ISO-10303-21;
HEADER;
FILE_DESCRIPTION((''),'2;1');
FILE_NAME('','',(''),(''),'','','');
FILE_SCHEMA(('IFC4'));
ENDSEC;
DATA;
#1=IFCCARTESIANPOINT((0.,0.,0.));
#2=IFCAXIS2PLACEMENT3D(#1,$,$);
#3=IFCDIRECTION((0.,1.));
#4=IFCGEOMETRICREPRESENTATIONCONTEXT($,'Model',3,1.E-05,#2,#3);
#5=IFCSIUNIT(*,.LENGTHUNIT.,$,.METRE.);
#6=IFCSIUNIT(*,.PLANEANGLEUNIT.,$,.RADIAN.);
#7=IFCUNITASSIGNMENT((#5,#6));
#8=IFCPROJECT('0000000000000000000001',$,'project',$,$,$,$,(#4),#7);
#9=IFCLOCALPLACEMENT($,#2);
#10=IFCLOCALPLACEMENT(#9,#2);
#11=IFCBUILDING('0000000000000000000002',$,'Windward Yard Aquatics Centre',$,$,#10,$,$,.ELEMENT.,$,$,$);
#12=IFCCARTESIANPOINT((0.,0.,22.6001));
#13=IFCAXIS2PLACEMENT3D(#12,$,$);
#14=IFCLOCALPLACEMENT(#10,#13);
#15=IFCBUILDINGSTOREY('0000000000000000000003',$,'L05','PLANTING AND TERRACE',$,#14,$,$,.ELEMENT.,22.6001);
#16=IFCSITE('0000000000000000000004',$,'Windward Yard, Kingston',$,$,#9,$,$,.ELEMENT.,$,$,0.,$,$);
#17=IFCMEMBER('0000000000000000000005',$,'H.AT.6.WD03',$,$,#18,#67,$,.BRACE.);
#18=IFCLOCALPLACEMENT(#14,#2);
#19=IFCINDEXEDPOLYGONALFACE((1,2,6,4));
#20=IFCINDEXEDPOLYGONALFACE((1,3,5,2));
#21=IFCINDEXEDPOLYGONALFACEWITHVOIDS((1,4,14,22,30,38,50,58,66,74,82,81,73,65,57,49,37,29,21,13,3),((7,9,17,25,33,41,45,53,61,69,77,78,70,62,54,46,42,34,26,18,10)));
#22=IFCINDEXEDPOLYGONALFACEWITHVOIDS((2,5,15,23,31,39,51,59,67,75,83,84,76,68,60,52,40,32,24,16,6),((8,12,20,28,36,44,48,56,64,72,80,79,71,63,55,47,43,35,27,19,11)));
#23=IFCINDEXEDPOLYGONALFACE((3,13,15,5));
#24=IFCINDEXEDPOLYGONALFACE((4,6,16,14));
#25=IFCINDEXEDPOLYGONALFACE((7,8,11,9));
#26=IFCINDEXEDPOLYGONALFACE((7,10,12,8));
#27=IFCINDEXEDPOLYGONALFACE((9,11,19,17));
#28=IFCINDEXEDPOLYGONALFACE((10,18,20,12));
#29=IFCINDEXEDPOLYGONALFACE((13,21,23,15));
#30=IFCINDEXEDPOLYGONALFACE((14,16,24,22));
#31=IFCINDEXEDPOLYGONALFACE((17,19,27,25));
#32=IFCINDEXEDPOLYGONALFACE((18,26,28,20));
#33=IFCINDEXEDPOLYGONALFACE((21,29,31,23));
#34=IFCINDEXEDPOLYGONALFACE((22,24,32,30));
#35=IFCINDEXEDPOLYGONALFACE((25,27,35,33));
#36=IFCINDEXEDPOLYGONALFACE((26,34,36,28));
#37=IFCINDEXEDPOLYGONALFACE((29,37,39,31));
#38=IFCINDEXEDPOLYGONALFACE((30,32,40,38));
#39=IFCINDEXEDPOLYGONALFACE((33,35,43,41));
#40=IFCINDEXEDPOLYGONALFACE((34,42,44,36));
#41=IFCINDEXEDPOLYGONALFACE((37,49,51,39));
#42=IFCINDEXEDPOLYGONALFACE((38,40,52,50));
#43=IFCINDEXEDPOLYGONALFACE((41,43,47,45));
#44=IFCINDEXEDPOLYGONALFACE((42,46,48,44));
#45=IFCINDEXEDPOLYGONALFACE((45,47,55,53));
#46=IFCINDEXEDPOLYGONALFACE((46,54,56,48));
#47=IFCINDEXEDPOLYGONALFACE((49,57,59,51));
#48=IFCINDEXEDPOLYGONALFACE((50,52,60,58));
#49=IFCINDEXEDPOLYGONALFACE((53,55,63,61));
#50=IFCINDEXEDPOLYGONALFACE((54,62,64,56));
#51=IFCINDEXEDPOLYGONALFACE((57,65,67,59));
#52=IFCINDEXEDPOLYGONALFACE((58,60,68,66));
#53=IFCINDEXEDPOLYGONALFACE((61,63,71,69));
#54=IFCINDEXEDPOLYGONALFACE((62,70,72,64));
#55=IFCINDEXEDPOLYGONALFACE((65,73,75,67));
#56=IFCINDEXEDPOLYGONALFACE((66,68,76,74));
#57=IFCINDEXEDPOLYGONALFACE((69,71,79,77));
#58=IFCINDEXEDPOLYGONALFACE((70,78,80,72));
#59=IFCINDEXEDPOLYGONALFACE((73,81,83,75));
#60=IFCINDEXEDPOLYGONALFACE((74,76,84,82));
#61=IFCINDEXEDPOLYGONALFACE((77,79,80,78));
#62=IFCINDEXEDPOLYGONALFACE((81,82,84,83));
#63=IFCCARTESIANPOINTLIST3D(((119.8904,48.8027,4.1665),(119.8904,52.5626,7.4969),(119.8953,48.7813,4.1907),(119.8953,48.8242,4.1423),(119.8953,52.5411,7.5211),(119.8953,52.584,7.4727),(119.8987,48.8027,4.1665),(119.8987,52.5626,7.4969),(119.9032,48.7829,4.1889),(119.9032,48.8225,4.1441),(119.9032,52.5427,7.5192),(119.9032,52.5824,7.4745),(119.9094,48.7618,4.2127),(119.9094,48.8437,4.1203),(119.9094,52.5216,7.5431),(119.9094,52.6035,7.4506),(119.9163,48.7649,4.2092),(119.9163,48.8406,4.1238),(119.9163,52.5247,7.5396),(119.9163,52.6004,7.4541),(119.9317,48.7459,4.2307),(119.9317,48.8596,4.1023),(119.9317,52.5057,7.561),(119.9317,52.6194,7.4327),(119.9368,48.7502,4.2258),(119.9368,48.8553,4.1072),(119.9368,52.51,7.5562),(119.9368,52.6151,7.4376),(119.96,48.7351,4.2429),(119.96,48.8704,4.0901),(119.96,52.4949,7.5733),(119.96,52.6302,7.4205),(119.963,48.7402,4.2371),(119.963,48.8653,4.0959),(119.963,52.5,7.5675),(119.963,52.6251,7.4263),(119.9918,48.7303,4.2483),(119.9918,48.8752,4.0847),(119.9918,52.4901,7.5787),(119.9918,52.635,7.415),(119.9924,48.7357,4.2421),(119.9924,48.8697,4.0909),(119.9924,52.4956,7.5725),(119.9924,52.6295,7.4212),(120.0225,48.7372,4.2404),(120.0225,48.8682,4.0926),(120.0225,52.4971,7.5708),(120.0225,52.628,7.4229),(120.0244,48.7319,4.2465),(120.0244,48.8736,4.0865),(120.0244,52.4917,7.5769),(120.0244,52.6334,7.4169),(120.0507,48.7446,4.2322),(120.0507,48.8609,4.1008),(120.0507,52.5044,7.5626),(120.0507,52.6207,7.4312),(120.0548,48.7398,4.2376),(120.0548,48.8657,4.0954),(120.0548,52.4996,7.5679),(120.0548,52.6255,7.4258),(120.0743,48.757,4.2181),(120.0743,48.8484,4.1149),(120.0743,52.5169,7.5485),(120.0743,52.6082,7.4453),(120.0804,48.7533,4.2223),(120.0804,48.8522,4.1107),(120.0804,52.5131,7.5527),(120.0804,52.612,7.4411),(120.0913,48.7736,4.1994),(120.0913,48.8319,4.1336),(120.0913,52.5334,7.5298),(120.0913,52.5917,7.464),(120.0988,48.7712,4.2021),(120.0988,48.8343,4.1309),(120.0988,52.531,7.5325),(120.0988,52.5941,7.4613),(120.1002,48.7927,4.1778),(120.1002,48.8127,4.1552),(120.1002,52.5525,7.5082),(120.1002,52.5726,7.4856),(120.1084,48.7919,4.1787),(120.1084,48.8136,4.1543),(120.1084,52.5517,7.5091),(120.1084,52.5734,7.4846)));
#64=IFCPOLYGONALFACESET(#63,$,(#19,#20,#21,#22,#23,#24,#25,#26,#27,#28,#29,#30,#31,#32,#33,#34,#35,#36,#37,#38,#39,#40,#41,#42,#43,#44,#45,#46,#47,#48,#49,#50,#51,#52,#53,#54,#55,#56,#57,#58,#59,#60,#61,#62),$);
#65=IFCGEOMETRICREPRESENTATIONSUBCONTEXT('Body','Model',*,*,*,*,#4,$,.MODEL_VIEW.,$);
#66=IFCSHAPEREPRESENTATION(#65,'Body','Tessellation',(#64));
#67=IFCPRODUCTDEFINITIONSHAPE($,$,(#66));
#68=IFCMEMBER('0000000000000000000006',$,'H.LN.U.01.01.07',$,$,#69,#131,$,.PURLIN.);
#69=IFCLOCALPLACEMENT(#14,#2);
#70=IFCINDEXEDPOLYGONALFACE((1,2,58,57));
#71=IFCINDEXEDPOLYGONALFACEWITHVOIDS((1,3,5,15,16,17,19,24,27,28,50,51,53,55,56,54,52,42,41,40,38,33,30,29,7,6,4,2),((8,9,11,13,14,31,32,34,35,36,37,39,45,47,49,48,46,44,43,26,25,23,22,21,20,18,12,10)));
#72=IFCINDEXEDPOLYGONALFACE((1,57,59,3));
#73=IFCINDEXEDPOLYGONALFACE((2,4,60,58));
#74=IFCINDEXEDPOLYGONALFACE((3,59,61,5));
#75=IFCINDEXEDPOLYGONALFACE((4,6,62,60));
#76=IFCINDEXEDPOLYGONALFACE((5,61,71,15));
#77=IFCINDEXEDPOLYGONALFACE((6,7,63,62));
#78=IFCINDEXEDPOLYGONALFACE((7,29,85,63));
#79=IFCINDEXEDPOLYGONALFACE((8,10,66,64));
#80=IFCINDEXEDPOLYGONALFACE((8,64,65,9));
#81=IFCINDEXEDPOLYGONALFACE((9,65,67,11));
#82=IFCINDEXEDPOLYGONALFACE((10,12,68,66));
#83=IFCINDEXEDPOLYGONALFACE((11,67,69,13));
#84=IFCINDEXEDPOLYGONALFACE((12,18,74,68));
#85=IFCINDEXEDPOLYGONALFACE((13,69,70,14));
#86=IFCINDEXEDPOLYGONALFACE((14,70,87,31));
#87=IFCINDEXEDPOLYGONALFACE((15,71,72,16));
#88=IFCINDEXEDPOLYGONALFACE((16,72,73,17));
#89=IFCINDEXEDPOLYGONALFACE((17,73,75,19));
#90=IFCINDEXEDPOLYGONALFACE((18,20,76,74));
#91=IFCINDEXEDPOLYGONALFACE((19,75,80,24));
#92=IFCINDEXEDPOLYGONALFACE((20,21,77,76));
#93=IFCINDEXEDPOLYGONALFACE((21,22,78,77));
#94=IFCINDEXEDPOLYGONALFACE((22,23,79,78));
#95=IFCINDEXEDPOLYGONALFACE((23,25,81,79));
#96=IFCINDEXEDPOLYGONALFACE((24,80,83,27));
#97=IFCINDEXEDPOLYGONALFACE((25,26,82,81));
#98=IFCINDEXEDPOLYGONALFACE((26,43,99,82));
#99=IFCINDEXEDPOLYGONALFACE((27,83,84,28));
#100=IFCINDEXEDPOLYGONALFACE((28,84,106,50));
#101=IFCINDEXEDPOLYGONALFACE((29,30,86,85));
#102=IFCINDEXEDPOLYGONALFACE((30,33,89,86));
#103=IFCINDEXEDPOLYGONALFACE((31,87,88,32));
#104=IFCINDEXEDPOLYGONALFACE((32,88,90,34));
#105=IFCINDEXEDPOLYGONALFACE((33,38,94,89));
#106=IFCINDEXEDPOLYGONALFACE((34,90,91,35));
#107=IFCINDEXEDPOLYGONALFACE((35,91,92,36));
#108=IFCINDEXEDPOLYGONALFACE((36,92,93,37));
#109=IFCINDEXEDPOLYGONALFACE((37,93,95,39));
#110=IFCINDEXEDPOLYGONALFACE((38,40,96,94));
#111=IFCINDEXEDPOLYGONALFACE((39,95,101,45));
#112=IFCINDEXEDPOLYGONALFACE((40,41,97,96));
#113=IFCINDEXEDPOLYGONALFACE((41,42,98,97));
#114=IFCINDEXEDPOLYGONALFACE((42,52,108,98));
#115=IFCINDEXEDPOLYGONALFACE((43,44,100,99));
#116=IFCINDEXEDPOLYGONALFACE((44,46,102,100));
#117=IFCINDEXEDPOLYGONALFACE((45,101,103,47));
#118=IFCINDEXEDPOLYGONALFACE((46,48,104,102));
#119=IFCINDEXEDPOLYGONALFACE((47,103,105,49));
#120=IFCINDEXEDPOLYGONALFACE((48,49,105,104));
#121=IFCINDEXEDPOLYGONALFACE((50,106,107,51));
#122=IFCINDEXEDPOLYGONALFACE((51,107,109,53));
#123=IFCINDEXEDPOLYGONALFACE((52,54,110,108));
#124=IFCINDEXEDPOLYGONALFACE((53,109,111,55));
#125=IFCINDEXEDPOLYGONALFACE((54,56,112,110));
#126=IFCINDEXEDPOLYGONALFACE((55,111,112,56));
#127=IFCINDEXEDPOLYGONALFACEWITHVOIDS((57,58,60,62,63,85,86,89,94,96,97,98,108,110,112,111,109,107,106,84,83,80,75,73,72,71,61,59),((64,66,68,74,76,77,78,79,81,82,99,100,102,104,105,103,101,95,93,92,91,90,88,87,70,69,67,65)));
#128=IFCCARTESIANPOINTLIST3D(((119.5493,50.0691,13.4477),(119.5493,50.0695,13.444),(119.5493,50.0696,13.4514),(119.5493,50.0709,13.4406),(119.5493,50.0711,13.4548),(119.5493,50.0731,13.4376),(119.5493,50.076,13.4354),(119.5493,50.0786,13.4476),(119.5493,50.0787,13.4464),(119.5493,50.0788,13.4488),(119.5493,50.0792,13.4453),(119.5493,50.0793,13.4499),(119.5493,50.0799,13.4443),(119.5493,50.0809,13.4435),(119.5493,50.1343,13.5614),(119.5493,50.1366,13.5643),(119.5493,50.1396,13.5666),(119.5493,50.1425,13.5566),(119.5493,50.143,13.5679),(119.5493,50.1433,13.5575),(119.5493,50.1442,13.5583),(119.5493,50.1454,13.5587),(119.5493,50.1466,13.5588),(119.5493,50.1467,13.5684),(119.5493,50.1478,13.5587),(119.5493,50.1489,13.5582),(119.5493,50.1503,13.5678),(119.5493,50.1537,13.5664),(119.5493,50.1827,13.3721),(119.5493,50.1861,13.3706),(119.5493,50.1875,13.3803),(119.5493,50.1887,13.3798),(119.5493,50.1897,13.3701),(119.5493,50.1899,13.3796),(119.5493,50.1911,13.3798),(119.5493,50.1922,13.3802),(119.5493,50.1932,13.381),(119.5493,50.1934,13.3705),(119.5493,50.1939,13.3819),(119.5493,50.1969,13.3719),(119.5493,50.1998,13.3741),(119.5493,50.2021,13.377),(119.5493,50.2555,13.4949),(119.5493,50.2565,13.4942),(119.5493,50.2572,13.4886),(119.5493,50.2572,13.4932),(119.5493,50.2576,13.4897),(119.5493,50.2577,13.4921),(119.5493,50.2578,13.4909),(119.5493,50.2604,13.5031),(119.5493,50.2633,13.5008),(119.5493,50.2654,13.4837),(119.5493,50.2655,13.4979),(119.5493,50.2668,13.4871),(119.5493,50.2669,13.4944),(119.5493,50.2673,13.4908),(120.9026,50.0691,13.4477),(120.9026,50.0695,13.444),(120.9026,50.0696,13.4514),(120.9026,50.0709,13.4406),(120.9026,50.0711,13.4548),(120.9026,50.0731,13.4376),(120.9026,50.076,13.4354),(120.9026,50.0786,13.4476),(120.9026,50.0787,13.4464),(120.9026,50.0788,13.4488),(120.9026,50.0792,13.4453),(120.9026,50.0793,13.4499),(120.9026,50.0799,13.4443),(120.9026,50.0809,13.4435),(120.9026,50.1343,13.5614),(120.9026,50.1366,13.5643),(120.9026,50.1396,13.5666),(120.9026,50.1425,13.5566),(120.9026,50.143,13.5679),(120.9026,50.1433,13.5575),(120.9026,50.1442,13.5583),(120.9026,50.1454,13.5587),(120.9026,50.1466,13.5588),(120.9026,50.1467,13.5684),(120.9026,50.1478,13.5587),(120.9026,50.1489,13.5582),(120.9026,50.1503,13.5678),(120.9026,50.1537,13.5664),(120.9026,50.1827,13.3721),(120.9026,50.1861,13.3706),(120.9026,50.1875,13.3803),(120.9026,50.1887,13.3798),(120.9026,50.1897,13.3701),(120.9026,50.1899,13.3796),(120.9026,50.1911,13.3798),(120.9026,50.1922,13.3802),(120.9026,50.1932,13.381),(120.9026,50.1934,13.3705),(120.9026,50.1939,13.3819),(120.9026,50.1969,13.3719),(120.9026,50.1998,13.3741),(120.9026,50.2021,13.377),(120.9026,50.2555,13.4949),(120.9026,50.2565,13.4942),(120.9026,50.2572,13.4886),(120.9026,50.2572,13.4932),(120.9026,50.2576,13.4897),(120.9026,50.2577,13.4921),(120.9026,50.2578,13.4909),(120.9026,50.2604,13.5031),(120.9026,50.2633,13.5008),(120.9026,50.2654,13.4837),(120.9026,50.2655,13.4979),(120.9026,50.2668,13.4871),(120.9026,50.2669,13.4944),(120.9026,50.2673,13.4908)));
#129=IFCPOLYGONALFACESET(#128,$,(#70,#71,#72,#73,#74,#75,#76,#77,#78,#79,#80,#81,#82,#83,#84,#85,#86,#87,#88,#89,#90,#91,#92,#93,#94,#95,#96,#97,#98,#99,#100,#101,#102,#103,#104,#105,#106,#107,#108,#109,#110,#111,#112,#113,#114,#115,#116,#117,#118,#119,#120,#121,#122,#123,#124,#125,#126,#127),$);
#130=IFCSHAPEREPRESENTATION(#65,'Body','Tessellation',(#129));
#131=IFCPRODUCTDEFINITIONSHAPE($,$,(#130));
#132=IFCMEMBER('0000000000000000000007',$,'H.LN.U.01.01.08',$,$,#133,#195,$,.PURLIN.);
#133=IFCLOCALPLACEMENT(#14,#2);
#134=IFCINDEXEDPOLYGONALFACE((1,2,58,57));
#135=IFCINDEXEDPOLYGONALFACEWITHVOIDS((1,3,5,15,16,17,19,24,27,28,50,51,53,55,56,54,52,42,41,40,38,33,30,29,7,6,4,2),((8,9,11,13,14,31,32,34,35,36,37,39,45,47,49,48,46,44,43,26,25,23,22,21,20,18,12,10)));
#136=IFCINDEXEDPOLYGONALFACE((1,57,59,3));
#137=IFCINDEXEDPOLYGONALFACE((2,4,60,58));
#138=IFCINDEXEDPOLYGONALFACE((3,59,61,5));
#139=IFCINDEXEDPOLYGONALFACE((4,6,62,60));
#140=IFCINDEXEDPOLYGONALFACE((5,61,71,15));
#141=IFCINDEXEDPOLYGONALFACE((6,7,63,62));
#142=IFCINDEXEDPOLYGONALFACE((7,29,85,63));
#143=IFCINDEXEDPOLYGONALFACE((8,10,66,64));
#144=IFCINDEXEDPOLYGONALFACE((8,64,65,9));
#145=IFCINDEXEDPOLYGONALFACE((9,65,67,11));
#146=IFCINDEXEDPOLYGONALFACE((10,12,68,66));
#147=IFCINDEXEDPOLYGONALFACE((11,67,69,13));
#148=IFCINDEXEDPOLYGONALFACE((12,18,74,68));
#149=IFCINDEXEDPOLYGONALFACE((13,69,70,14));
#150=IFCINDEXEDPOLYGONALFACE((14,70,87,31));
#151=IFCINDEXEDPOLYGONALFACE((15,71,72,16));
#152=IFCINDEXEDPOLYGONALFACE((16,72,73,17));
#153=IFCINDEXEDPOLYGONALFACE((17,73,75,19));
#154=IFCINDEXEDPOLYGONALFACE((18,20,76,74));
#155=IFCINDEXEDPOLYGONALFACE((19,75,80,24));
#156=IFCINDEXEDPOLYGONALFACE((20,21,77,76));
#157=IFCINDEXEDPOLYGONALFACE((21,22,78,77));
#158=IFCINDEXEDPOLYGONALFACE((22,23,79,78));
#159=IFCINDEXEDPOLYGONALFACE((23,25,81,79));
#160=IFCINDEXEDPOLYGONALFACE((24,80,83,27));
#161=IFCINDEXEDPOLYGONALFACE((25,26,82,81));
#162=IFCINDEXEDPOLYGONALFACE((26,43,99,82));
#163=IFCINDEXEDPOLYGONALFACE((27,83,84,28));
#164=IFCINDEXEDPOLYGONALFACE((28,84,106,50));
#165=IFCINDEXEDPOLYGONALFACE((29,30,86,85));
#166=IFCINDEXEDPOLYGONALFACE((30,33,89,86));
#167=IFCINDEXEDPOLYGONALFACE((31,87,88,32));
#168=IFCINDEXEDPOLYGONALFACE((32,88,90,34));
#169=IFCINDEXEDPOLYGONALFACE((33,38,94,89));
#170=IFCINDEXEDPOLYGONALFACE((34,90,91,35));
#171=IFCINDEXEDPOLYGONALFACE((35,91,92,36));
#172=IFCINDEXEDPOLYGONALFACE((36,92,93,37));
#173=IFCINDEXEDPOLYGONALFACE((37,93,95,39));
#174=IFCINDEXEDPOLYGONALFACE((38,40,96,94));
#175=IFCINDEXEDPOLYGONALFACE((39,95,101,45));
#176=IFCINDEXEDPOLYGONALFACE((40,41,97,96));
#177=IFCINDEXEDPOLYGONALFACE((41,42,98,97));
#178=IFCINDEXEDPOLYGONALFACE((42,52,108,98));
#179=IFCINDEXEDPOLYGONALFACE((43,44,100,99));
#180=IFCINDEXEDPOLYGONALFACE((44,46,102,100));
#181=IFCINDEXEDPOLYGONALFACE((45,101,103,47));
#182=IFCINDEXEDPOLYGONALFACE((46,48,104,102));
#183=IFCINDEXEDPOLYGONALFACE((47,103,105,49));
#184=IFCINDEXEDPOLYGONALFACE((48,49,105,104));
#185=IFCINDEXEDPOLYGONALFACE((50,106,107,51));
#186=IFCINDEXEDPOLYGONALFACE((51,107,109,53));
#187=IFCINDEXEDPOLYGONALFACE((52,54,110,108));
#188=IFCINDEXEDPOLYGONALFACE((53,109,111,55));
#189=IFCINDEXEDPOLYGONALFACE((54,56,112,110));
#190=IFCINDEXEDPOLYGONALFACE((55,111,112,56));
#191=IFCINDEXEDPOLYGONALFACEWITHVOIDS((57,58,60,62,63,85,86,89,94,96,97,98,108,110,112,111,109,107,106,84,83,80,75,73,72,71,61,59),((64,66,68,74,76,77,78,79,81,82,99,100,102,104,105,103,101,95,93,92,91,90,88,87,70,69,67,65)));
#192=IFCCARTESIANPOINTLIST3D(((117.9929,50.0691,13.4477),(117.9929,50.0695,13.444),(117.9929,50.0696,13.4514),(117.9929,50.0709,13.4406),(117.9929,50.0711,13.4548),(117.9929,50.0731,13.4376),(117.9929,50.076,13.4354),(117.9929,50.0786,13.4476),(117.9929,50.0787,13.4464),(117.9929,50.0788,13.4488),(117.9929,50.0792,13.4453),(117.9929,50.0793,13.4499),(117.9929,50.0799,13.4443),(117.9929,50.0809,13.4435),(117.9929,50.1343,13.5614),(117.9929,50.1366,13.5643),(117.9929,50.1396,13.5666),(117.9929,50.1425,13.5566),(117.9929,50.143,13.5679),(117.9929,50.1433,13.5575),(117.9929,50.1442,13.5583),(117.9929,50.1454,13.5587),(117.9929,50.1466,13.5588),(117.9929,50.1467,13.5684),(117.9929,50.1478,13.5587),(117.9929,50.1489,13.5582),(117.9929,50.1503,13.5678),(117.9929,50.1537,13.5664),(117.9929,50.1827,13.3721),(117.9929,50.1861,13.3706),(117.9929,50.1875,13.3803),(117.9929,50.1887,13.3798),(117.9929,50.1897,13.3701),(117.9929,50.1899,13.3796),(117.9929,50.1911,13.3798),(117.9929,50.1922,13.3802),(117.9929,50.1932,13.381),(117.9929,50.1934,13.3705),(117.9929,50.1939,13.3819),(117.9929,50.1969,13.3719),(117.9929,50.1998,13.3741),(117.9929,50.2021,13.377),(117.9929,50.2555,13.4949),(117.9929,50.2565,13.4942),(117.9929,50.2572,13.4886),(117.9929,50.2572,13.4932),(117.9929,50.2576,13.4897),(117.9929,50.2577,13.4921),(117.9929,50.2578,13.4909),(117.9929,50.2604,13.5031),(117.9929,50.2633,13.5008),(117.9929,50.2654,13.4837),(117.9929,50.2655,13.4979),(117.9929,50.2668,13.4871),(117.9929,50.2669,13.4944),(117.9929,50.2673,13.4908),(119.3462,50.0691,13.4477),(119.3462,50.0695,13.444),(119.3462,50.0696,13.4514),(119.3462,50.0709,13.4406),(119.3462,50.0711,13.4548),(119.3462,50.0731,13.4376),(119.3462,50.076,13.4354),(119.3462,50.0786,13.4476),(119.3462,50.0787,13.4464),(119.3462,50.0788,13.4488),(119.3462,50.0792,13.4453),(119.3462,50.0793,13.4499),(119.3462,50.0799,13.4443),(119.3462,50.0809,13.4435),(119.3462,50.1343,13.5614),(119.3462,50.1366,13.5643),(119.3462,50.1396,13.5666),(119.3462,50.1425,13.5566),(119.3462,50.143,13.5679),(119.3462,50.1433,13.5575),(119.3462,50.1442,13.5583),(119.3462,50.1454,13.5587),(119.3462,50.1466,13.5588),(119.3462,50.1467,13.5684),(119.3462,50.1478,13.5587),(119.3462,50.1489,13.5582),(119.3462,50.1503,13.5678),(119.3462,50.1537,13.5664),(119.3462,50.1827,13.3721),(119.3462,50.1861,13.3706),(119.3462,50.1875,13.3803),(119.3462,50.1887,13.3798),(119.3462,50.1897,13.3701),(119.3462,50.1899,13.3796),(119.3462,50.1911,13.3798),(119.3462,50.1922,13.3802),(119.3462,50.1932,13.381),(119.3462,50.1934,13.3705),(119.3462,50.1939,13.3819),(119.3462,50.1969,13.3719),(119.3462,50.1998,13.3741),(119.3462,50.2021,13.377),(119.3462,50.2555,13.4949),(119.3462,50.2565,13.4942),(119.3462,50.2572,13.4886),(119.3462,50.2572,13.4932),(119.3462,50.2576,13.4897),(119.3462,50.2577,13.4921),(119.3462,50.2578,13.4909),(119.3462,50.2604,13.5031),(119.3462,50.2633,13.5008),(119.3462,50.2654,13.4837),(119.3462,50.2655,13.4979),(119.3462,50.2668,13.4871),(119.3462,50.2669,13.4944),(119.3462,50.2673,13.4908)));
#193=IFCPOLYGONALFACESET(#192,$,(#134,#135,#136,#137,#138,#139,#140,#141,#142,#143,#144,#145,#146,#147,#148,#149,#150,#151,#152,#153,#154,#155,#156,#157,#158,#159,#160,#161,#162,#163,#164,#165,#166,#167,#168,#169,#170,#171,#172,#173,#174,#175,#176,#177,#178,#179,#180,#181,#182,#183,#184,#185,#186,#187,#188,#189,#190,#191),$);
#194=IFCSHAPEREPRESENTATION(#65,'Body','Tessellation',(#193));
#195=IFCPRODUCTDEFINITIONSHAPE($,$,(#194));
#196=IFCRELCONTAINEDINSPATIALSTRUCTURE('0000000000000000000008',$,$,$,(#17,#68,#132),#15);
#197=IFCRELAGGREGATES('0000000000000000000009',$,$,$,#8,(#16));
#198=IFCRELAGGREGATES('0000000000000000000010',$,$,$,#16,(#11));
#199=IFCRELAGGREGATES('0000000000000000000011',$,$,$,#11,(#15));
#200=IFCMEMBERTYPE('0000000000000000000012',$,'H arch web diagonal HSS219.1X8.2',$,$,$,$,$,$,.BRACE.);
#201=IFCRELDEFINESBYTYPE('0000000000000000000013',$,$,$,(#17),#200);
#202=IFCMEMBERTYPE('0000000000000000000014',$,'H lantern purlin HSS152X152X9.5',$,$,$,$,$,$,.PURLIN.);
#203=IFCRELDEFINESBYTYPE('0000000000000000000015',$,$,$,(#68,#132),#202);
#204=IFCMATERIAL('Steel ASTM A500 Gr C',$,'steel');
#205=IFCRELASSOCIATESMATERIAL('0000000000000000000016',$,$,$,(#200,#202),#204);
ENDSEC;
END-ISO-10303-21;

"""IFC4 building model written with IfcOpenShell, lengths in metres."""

from ifc_helpers import new_model, si_unit, direction, frame, origin, origin_2d, place, context, subcontext, project, spatial, hollow_rectangle, hollow_circle, extrude, material, material_profile, profile_set, type_object, element, save


model = new_model("IFC4")

# Units and contexts
model_context = context("Model", 3, precision=1e-05, world=origin(), true_north=direction((0.0, 1.0)))
body_context = subcontext(model_context, "Body", "Model", "MODEL_VIEW")
ifc_project = project(units=[si_unit("LENGTHUNIT", "METRE"), si_unit("PLANEANGLEUNIT", "RADIAN")], contexts=[model_context])

# Site, building, storey
site_placement = place(None, origin())
site = spatial("IfcSite", under=ifc_project, at=site_placement, Name="Windward Yard, Kingston", CompositionType="ELEMENT", RefElevation=0.0)
building_placement = place(site_placement, origin())
building = spatial("IfcBuilding", under=site, at=building_placement, Name="Windward Yard Aquatics Centre", CompositionType="ELEMENT")
storey_placement = place(building_placement, frame((0.0, 0.0, 22.6001)))
storey = spatial("IfcBuildingStorey", under=building, at=storey_placement, Name="L05", Description="PLANTING AND TERRACE", CompositionType="ELEMENT", Elevation=22.6001)

# Members
ifc_material_1 = material(Name="Steel ASTM A500 Gr C", Category="steel")
ifc_material_profile_1 = material_profile(ifc_material_1, hollow_circle(Radius=0.1096, WallThickness=0.0083, at=origin_2d()), Name="HSS219.1X8.2")
ifc_profile_set_1 = profile_set([ifc_material_profile_1], Name="Steel ASTM A500 Gr C")
member_type_1 = type_object("IfcMemberType", Name="H arch web diagonal HSS219.1X8.2", PredefinedType="BRACE", material=ifc_profile_set_1)
member_1_placement = place(storey_placement, frame((120.0, 48.8027, 4.1665), z_axis=(0.0, 0.748564, 0.663062), x_axis=(-1.0, 0.0, 0.0)))
element("IfcMember", 1, at=member_1_placement, inside=storey, type_object=member_type_1, Name="H.AT.6.WD03", PredefinedType="BRACE", context=body_context, shape_type="SweptSolid", body=[
    extrude(hollow_circle(Radius=0.1096, WallThickness=0.0083, at=origin_2d()), origin(), (0.0, 0.0, 1.0), 5.0227),
])
ifc_material_profile_2 = material_profile(ifc_material_1, hollow_rectangle(XDim=0.1523, YDim=0.1523, WallThickness=0.0095, InnerFilletRadius=0.0046, OuterFilletRadius=0.0142, at=origin_2d()), Name="HSS152X152X9.5")
ifc_profile_set_2 = profile_set([ifc_material_profile_2], Name="Steel ASTM A500 Gr C")
member_type_2 = type_object("IfcMemberType", Name="H lantern purlin HSS152X152X9.5", PredefinedType="PURLIN", material=ifc_profile_set_2)
for number, where, z_axis, x_axis, name in (
    (2, (120.9026, 50.1682, 13.4692), (-1.0, 0.0, 0.0), (0.0, -0.51012, -0.860103), "H.LN.U.01.01.07"),
    (3, (119.3462, 50.1682, 13.4692), (-1.0, 0.0, 0.0), (0.0, -0.51012, -0.860103), "H.LN.U.01.01.08"),
):
    element("IfcMember", number, at=place(storey_placement, frame(where, z_axis=z_axis, x_axis=x_axis)), inside=storey, type_object=member_type_2, Name=name, PredefinedType="PURLIN", context=body_context, shape_type="SweptSolid", body=[
        extrude(hollow_rectangle(XDim=0.1523, YDim=0.1523, WallThickness=0.0095, InnerFilletRadius=0.0046, OuterFilletRadius=0.0142, at=origin_2d()), origin(), (0.0, 0.0, 1.0), 1.3533),
    ])

save(model, "model.ifc")
